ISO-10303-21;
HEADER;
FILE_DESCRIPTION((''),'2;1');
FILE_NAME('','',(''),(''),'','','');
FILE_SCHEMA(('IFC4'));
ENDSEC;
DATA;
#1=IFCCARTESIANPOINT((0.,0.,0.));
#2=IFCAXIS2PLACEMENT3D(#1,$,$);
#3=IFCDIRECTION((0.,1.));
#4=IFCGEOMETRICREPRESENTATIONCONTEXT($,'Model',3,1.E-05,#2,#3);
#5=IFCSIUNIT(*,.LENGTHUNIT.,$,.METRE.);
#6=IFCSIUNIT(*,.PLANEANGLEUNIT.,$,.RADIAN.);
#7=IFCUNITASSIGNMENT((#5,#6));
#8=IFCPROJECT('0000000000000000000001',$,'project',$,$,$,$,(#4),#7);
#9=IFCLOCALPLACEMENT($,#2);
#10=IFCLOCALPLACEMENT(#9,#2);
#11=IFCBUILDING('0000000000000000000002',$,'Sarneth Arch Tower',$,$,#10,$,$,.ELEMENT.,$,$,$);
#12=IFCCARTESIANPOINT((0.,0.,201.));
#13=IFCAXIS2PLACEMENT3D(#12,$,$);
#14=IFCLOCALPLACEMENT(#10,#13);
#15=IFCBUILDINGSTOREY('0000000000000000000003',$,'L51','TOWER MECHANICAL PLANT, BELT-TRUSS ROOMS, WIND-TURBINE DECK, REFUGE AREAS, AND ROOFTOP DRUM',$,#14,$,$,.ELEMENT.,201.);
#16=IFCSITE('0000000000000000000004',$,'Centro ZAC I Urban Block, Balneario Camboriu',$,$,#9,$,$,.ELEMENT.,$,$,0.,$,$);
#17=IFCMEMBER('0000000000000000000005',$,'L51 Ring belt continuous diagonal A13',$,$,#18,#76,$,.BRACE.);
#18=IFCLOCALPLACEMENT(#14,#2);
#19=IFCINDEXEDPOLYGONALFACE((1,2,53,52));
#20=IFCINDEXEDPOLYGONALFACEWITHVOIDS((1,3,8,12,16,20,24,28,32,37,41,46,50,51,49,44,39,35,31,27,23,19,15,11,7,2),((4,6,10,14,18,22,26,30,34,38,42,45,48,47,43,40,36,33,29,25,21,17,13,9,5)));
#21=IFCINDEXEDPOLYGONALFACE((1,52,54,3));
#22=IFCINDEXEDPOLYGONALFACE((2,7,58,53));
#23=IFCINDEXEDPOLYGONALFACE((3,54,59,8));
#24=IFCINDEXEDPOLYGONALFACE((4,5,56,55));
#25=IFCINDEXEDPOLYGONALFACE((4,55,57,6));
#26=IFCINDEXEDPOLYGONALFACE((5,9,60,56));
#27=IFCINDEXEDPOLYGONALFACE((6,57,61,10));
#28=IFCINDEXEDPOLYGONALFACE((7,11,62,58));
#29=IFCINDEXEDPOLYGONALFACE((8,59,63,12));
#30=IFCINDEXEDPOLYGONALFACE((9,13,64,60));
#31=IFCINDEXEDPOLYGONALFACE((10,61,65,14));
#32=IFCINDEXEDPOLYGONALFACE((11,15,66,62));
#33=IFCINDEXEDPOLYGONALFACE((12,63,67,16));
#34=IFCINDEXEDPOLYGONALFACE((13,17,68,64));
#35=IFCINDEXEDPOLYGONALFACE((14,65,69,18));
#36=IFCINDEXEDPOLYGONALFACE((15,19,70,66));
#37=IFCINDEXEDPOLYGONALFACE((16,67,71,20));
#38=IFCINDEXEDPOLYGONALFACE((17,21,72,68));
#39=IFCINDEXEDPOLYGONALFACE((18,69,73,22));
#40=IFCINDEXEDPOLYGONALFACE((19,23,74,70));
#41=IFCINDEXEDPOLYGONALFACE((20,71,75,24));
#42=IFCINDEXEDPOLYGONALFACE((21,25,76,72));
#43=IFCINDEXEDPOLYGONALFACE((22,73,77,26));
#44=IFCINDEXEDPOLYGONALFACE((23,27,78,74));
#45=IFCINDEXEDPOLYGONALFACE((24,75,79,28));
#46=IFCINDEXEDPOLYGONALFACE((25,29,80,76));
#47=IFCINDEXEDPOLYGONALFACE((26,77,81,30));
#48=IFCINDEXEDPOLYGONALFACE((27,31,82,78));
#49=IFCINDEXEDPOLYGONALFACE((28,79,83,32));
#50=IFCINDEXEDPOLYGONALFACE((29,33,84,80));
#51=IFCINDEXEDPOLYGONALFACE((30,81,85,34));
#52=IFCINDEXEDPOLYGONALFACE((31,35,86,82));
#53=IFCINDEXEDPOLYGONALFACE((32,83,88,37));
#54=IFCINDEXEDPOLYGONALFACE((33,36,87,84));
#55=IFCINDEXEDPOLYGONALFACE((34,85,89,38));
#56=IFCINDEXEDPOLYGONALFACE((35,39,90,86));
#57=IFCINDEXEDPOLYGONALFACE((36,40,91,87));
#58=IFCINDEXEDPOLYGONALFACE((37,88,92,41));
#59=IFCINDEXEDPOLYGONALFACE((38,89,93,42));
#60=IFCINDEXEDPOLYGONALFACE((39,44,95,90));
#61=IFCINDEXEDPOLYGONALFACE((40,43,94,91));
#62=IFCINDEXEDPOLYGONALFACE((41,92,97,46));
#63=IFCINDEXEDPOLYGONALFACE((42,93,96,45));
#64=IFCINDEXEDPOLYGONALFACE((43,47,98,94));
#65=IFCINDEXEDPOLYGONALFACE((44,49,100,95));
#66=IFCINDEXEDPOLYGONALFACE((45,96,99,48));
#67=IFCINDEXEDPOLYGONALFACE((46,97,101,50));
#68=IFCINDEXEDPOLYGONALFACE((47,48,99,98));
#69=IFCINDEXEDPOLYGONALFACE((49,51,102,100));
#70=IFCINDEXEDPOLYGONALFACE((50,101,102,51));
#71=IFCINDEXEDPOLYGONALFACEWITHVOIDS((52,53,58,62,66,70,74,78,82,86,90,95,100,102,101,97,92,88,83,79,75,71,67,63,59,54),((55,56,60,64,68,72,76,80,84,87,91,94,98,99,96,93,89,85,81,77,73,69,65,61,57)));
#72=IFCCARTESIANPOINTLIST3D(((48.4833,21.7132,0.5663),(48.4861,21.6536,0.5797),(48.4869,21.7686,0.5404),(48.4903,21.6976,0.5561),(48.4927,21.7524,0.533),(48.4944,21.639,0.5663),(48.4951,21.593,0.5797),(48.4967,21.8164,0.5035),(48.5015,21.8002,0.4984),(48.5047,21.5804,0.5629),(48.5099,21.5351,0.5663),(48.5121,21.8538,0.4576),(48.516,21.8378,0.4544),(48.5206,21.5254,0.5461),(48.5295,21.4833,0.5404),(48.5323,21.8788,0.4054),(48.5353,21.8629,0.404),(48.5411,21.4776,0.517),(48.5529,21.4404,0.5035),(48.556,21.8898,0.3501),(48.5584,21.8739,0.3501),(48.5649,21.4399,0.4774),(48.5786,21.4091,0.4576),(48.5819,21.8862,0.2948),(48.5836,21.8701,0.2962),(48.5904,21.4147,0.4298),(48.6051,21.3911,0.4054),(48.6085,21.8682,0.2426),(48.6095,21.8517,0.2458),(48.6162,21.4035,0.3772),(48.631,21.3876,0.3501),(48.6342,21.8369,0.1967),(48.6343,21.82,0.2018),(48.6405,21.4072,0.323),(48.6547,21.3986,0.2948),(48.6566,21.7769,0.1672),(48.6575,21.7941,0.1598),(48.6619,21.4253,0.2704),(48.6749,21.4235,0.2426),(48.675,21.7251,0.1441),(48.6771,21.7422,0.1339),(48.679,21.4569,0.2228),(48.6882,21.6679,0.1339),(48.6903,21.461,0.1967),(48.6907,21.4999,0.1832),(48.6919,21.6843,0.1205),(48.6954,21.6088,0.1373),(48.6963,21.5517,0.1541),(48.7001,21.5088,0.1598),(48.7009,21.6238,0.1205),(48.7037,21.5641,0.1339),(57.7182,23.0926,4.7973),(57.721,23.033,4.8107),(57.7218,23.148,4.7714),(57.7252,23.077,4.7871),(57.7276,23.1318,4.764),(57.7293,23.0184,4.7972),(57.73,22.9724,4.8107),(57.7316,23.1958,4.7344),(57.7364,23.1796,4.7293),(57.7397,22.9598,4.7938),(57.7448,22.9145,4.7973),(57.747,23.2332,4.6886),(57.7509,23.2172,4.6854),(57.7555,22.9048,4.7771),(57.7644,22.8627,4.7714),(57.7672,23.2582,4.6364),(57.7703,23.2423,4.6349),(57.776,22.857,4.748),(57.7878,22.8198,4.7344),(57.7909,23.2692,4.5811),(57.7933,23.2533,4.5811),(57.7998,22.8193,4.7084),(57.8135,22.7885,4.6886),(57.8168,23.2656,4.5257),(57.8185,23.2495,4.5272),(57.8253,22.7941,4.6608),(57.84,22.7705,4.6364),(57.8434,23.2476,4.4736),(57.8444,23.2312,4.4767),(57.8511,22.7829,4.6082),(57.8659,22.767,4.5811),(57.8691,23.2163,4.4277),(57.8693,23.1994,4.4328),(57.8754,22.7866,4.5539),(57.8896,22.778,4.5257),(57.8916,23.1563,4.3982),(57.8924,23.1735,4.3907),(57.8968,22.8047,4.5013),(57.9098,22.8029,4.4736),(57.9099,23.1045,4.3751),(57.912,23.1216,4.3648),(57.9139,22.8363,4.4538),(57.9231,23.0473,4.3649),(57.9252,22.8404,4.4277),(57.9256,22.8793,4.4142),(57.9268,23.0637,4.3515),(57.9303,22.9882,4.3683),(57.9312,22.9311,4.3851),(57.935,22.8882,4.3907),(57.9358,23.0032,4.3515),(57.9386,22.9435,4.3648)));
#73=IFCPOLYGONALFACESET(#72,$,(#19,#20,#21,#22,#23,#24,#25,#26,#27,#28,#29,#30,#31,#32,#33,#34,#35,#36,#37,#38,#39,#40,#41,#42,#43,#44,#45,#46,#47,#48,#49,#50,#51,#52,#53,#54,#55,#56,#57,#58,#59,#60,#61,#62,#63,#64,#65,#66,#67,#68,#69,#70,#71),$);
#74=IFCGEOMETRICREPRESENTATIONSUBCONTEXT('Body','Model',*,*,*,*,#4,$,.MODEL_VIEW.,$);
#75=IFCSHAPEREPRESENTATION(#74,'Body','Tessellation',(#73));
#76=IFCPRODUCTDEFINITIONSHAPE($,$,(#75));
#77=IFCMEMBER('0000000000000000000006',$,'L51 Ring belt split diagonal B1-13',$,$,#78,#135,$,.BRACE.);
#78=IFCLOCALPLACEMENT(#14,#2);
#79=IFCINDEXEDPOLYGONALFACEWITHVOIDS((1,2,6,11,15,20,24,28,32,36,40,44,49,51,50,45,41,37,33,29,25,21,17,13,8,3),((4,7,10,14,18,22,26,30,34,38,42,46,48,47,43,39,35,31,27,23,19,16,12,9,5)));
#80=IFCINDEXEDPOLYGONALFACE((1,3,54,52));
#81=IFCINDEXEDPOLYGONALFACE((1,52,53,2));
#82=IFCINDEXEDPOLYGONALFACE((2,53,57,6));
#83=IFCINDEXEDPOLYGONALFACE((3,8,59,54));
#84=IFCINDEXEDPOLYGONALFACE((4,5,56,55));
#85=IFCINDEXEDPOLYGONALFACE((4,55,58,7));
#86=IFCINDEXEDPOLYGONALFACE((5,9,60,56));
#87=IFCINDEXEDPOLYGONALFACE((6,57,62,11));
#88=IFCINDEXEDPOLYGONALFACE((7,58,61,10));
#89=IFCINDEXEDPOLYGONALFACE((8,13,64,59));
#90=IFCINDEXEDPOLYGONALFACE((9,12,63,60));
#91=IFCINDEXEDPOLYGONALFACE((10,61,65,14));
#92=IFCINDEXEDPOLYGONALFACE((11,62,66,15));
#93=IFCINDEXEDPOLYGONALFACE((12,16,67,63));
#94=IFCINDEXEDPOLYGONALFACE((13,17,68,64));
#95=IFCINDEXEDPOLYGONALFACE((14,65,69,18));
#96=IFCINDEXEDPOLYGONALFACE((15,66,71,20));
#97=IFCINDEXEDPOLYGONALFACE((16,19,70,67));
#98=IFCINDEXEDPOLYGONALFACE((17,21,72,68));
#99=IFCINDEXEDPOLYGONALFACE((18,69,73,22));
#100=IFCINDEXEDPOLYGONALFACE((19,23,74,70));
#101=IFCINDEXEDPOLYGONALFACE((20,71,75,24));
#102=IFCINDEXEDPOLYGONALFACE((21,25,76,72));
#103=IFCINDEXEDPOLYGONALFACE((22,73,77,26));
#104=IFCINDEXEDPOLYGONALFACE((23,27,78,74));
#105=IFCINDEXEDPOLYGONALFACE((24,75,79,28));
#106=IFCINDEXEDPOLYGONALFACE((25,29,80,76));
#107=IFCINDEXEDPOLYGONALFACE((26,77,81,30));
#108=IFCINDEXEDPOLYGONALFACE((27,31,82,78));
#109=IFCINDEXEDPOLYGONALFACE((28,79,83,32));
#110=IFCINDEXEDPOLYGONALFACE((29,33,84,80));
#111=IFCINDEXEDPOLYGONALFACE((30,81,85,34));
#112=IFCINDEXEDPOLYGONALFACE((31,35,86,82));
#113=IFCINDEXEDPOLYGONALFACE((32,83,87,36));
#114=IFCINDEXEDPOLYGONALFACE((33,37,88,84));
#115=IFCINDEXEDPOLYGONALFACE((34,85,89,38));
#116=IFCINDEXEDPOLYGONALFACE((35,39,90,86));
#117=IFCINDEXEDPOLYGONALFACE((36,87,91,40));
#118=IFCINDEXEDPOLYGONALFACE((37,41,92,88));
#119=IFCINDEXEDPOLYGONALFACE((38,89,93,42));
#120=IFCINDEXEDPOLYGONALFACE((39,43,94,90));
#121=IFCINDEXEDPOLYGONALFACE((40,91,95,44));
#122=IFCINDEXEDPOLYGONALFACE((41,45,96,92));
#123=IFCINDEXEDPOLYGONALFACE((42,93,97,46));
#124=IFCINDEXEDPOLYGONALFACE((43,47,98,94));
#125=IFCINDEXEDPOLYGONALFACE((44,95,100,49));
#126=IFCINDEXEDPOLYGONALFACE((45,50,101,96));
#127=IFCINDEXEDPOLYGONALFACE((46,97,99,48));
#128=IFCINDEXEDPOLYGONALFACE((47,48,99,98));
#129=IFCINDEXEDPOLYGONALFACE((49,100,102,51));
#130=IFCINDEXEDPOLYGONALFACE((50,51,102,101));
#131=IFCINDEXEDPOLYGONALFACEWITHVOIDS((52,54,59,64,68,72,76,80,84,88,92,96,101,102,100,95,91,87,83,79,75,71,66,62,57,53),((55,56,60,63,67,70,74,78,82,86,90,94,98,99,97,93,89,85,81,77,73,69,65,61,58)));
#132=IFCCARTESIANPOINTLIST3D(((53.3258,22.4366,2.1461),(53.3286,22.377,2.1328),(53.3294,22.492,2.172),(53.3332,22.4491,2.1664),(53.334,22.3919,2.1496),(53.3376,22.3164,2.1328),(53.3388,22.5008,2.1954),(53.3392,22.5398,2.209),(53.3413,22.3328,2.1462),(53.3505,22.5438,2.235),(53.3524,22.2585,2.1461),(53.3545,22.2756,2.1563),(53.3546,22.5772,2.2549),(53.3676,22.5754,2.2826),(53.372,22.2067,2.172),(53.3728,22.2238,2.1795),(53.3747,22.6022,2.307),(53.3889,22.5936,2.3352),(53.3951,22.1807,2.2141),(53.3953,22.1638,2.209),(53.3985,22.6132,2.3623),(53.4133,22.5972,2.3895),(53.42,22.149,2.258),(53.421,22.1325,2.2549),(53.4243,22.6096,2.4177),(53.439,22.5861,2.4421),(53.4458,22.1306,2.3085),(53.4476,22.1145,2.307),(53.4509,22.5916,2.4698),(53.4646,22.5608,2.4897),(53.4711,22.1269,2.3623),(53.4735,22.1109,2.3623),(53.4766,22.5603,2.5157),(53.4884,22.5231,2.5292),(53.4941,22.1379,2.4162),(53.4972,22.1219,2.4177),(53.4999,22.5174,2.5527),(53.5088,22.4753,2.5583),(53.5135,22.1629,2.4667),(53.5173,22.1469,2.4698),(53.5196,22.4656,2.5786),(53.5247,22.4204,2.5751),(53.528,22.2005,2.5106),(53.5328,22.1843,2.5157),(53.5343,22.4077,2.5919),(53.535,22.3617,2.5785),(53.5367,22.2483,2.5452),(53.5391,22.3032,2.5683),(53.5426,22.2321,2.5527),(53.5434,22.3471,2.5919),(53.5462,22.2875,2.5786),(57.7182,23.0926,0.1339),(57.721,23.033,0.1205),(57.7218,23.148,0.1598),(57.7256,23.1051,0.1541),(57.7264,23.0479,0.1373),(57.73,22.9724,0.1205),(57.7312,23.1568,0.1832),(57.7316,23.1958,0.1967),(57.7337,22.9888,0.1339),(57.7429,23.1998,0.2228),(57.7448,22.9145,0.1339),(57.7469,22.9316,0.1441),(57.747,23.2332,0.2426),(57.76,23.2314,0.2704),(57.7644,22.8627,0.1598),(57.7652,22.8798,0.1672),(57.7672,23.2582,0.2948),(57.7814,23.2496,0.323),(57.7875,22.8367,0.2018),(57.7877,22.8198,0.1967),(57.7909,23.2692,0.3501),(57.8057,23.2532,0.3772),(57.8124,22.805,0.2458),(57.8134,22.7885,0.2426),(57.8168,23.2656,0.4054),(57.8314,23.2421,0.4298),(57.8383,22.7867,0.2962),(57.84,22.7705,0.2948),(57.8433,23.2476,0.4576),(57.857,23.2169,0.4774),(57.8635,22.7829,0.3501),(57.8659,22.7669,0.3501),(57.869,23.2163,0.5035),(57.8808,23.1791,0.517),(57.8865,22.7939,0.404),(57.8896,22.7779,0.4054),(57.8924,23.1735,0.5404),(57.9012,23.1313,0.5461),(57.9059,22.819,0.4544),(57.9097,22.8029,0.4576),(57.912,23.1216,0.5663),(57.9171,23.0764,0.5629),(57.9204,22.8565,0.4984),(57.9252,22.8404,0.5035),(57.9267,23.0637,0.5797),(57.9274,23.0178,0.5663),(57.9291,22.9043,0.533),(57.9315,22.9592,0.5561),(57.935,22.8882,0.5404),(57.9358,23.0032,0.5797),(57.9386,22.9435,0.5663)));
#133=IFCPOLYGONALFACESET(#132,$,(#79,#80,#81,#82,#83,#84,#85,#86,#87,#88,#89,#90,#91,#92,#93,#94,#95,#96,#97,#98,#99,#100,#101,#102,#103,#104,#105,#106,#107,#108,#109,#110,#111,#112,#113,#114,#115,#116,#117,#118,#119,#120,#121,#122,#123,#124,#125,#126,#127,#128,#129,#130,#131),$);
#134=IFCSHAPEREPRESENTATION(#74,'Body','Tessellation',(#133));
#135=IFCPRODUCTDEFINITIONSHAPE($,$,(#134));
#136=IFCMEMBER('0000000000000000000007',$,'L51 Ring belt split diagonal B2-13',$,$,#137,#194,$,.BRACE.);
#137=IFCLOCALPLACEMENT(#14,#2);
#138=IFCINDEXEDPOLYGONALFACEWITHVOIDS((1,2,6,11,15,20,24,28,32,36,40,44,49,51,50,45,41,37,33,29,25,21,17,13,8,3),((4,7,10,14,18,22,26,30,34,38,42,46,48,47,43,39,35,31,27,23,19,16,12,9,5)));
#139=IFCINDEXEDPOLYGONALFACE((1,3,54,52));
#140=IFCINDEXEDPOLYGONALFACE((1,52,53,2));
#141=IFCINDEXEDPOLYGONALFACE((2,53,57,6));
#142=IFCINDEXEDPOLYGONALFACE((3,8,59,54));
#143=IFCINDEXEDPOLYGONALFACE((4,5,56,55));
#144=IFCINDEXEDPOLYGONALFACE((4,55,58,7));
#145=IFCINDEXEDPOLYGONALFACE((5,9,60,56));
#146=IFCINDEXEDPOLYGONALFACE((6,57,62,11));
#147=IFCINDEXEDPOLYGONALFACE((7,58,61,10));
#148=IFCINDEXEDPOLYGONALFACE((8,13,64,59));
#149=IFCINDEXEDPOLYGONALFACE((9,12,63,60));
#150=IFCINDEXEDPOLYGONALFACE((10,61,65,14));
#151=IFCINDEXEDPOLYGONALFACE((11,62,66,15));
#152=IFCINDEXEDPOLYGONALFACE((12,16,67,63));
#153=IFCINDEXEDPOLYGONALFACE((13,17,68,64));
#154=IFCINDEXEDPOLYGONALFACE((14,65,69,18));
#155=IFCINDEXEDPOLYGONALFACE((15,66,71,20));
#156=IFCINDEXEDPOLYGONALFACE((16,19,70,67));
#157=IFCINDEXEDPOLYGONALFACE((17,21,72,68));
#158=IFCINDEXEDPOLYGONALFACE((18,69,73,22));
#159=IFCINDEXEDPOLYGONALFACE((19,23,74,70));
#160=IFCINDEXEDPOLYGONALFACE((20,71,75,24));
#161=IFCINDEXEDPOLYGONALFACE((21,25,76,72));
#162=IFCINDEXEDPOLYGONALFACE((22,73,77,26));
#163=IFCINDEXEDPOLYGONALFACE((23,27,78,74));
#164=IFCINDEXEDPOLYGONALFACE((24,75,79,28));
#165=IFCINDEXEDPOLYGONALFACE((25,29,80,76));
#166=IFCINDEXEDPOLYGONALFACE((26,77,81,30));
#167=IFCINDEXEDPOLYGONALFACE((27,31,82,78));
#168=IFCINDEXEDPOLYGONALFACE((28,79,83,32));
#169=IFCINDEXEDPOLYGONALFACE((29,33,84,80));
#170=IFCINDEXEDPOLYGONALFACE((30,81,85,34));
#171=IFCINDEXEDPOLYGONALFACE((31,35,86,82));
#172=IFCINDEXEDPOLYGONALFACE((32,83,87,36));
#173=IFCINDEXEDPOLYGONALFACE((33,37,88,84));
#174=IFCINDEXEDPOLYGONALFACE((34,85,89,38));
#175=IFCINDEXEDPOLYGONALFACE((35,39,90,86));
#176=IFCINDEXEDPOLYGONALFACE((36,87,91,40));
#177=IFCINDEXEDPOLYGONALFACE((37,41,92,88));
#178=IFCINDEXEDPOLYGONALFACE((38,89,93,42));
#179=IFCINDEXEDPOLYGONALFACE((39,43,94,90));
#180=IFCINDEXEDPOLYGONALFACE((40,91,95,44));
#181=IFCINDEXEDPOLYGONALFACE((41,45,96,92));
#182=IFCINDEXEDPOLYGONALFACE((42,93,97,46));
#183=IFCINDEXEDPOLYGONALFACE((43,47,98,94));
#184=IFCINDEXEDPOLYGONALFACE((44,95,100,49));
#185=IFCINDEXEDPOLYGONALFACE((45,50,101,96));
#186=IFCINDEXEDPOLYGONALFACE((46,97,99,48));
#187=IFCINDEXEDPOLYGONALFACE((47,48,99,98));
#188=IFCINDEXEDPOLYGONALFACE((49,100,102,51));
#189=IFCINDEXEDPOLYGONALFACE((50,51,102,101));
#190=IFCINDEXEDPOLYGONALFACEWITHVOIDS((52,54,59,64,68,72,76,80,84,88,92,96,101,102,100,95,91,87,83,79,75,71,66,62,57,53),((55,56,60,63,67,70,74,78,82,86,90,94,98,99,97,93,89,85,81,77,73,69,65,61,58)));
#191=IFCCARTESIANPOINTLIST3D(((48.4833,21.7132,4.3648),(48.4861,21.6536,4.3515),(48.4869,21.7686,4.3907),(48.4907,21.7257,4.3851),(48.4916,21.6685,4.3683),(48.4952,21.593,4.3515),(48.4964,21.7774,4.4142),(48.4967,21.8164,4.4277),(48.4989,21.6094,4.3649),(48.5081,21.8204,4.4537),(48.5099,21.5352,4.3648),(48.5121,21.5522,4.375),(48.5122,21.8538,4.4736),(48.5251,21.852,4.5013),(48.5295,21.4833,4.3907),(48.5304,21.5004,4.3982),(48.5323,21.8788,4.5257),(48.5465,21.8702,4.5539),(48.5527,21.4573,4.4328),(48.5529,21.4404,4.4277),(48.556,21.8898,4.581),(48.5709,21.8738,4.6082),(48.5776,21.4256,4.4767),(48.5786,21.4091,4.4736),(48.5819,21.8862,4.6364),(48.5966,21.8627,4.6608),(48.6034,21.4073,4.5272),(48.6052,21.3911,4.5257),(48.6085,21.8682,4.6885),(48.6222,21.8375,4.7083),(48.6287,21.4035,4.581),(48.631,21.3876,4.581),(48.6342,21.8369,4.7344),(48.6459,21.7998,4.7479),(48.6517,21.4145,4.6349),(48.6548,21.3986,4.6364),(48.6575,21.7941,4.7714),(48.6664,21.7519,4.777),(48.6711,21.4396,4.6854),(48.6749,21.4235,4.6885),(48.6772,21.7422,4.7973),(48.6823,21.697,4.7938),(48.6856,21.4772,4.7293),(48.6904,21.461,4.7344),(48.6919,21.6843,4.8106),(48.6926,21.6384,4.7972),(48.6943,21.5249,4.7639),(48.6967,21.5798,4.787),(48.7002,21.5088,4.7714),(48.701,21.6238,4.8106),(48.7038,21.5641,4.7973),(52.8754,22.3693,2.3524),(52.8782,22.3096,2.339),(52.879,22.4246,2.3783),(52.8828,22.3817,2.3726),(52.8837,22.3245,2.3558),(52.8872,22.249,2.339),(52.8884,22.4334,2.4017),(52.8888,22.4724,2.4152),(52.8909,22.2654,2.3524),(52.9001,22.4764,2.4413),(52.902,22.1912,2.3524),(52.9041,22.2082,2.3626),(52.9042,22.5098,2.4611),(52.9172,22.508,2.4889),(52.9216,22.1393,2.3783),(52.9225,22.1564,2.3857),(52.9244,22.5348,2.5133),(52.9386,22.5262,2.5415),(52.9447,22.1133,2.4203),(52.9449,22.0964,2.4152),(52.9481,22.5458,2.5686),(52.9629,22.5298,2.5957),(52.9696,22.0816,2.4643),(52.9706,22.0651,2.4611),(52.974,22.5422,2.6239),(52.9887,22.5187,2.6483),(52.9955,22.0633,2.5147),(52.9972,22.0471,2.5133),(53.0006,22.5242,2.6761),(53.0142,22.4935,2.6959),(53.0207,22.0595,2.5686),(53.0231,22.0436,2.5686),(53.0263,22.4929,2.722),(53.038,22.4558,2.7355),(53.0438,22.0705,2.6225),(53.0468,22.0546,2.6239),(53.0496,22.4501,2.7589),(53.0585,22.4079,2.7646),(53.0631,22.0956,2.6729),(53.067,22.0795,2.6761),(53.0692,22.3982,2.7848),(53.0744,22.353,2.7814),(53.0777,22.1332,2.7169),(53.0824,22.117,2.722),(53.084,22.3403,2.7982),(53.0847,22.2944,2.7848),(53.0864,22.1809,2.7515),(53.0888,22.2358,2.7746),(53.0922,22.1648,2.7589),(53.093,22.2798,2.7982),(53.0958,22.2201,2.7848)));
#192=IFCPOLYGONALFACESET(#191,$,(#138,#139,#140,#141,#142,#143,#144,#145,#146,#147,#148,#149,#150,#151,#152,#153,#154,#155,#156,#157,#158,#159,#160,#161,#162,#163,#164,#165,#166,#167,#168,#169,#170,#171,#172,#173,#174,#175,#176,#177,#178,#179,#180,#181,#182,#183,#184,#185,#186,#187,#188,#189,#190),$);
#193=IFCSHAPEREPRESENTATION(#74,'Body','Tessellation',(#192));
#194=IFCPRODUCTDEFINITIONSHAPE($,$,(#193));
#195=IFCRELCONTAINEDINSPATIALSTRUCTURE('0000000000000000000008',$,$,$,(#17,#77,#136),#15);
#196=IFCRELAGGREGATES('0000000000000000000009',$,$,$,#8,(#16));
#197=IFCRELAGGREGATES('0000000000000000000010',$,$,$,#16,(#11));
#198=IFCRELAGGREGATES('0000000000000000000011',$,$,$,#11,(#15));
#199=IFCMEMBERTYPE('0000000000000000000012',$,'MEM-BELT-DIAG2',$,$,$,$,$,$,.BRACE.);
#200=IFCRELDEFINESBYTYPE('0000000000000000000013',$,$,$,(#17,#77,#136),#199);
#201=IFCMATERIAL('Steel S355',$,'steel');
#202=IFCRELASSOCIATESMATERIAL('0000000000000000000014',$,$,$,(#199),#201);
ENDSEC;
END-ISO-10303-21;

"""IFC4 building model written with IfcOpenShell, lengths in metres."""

from ifc_helpers import new_model, si_unit, direction, frame, origin, origin_2d, place, context, subcontext, project, spatial, hollow_circle, extrude, material, material_profile, profile_set, type_object, element, save


model = new_model("IFC4")

# Units and contexts
model_context = context("Model", 3, precision=1e-05, world=origin(), true_north=direction((0.0, 1.0)))
body_context = subcontext(model_context, "Body", "Model", "MODEL_VIEW")
ifc_project = project(units=[si_unit("LENGTHUNIT", "METRE"), si_unit("PLANEANGLEUNIT", "RADIAN")], contexts=[model_context])

# Site, building, storey
site_placement = place(None, origin())
site = spatial("IfcSite", under=ifc_project, at=site_placement, Name="Centro ZAC I Urban Block, Balneario Camboriu", CompositionType="ELEMENT", RefElevation=0.0)
building_placement = place(site_placement, origin())
building = spatial("IfcBuilding", under=site, at=building_placement, Name="Sarneth Arch Tower", CompositionType="ELEMENT")
storey_placement = place(building_placement, frame((0.0, 0.0, 201.0)))
storey = spatial("IfcBuildingStorey", under=building, at=storey_placement, Name="L51", Description="TOWER MECHANICAL PLANT, BELT-TRUSS ROOMS, WIND-TURBINE DECK, REFUGE AREAS, AND ROOFTOP DRUM", CompositionType="ELEMENT", Elevation=201.0)

# Members
ifc_material_1 = material(Name="Steel S355", Category="steel")
ifc_material_profile_1 = material_profile(ifc_material_1, hollow_circle(Radius=0.2539, WallThickness=0.0161, at=origin_2d()), Name="CHS508x16")
ifc_profile_set_1 = profile_set([ifc_material_profile_1], Name="Steel S355")
member_type_1 = type_object("IfcMemberType", Name="MEM-BELT-DIAG2", PredefinedType="BRACE", material=ifc_profile_set_1)
member_1_placement = place(storey_placement, frame((48.5935, 21.6387, 0.3501), z_axis=(0.90086, 0.13456, 0.412729), x_axis=(-0.147729, 0.989028, 0.0)))
element("IfcMember", 1, at=member_1_placement, inside=storey, type_object=member_type_1, Name="L51 Ring belt continuous diagonal A13", PredefinedType="BRACE", context=body_context, shape_type="SweptSolid", body=[
    extrude(hollow_circle(Radius=0.2539, WallThickness=0.0161, at=origin_2d()), origin(), (0.0, 0.0, 1.0), 10.2512),
])
member_2_placement = place(storey_placement, frame((57.8284, 23.0181, 0.3501), z_axis=(-0.900872, -0.134547, 0.412706), x_axis=(0.147714, -0.98903, 0.0)))
element("IfcMember", 2, at=member_2_placement, inside=storey, type_object=member_type_1, Name="L51 Ring belt split diagonal B1-13", PredefinedType="BRACE", context=body_context, shape_type="SweptSolid", body=[
    extrude(hollow_circle(Radius=0.2539, WallThickness=0.0161, at=origin_2d()), origin(), (0.0, 0.0, 1.0), 4.8757),
])
member_3_placement = place(storey_placement, frame((52.9856, 22.2947, 2.5686), z_axis=(-0.900844, -0.134551, 0.412766), x_axis=(0.147722, -0.989029, 0.0)))
element("IfcMember", 3, at=member_3_placement, inside=storey, type_object=member_type_1, Name="L51 Ring belt split diagonal B2-13", PredefinedType="BRACE", context=body_context, shape_type="SweptSolid", body=[
    extrude(hollow_circle(Radius=0.2539, WallThickness=0.0161, at=origin_2d()), origin(), (0.0, 0.0, 1.0), 4.8755),
])

save(model, "model.ifc")
